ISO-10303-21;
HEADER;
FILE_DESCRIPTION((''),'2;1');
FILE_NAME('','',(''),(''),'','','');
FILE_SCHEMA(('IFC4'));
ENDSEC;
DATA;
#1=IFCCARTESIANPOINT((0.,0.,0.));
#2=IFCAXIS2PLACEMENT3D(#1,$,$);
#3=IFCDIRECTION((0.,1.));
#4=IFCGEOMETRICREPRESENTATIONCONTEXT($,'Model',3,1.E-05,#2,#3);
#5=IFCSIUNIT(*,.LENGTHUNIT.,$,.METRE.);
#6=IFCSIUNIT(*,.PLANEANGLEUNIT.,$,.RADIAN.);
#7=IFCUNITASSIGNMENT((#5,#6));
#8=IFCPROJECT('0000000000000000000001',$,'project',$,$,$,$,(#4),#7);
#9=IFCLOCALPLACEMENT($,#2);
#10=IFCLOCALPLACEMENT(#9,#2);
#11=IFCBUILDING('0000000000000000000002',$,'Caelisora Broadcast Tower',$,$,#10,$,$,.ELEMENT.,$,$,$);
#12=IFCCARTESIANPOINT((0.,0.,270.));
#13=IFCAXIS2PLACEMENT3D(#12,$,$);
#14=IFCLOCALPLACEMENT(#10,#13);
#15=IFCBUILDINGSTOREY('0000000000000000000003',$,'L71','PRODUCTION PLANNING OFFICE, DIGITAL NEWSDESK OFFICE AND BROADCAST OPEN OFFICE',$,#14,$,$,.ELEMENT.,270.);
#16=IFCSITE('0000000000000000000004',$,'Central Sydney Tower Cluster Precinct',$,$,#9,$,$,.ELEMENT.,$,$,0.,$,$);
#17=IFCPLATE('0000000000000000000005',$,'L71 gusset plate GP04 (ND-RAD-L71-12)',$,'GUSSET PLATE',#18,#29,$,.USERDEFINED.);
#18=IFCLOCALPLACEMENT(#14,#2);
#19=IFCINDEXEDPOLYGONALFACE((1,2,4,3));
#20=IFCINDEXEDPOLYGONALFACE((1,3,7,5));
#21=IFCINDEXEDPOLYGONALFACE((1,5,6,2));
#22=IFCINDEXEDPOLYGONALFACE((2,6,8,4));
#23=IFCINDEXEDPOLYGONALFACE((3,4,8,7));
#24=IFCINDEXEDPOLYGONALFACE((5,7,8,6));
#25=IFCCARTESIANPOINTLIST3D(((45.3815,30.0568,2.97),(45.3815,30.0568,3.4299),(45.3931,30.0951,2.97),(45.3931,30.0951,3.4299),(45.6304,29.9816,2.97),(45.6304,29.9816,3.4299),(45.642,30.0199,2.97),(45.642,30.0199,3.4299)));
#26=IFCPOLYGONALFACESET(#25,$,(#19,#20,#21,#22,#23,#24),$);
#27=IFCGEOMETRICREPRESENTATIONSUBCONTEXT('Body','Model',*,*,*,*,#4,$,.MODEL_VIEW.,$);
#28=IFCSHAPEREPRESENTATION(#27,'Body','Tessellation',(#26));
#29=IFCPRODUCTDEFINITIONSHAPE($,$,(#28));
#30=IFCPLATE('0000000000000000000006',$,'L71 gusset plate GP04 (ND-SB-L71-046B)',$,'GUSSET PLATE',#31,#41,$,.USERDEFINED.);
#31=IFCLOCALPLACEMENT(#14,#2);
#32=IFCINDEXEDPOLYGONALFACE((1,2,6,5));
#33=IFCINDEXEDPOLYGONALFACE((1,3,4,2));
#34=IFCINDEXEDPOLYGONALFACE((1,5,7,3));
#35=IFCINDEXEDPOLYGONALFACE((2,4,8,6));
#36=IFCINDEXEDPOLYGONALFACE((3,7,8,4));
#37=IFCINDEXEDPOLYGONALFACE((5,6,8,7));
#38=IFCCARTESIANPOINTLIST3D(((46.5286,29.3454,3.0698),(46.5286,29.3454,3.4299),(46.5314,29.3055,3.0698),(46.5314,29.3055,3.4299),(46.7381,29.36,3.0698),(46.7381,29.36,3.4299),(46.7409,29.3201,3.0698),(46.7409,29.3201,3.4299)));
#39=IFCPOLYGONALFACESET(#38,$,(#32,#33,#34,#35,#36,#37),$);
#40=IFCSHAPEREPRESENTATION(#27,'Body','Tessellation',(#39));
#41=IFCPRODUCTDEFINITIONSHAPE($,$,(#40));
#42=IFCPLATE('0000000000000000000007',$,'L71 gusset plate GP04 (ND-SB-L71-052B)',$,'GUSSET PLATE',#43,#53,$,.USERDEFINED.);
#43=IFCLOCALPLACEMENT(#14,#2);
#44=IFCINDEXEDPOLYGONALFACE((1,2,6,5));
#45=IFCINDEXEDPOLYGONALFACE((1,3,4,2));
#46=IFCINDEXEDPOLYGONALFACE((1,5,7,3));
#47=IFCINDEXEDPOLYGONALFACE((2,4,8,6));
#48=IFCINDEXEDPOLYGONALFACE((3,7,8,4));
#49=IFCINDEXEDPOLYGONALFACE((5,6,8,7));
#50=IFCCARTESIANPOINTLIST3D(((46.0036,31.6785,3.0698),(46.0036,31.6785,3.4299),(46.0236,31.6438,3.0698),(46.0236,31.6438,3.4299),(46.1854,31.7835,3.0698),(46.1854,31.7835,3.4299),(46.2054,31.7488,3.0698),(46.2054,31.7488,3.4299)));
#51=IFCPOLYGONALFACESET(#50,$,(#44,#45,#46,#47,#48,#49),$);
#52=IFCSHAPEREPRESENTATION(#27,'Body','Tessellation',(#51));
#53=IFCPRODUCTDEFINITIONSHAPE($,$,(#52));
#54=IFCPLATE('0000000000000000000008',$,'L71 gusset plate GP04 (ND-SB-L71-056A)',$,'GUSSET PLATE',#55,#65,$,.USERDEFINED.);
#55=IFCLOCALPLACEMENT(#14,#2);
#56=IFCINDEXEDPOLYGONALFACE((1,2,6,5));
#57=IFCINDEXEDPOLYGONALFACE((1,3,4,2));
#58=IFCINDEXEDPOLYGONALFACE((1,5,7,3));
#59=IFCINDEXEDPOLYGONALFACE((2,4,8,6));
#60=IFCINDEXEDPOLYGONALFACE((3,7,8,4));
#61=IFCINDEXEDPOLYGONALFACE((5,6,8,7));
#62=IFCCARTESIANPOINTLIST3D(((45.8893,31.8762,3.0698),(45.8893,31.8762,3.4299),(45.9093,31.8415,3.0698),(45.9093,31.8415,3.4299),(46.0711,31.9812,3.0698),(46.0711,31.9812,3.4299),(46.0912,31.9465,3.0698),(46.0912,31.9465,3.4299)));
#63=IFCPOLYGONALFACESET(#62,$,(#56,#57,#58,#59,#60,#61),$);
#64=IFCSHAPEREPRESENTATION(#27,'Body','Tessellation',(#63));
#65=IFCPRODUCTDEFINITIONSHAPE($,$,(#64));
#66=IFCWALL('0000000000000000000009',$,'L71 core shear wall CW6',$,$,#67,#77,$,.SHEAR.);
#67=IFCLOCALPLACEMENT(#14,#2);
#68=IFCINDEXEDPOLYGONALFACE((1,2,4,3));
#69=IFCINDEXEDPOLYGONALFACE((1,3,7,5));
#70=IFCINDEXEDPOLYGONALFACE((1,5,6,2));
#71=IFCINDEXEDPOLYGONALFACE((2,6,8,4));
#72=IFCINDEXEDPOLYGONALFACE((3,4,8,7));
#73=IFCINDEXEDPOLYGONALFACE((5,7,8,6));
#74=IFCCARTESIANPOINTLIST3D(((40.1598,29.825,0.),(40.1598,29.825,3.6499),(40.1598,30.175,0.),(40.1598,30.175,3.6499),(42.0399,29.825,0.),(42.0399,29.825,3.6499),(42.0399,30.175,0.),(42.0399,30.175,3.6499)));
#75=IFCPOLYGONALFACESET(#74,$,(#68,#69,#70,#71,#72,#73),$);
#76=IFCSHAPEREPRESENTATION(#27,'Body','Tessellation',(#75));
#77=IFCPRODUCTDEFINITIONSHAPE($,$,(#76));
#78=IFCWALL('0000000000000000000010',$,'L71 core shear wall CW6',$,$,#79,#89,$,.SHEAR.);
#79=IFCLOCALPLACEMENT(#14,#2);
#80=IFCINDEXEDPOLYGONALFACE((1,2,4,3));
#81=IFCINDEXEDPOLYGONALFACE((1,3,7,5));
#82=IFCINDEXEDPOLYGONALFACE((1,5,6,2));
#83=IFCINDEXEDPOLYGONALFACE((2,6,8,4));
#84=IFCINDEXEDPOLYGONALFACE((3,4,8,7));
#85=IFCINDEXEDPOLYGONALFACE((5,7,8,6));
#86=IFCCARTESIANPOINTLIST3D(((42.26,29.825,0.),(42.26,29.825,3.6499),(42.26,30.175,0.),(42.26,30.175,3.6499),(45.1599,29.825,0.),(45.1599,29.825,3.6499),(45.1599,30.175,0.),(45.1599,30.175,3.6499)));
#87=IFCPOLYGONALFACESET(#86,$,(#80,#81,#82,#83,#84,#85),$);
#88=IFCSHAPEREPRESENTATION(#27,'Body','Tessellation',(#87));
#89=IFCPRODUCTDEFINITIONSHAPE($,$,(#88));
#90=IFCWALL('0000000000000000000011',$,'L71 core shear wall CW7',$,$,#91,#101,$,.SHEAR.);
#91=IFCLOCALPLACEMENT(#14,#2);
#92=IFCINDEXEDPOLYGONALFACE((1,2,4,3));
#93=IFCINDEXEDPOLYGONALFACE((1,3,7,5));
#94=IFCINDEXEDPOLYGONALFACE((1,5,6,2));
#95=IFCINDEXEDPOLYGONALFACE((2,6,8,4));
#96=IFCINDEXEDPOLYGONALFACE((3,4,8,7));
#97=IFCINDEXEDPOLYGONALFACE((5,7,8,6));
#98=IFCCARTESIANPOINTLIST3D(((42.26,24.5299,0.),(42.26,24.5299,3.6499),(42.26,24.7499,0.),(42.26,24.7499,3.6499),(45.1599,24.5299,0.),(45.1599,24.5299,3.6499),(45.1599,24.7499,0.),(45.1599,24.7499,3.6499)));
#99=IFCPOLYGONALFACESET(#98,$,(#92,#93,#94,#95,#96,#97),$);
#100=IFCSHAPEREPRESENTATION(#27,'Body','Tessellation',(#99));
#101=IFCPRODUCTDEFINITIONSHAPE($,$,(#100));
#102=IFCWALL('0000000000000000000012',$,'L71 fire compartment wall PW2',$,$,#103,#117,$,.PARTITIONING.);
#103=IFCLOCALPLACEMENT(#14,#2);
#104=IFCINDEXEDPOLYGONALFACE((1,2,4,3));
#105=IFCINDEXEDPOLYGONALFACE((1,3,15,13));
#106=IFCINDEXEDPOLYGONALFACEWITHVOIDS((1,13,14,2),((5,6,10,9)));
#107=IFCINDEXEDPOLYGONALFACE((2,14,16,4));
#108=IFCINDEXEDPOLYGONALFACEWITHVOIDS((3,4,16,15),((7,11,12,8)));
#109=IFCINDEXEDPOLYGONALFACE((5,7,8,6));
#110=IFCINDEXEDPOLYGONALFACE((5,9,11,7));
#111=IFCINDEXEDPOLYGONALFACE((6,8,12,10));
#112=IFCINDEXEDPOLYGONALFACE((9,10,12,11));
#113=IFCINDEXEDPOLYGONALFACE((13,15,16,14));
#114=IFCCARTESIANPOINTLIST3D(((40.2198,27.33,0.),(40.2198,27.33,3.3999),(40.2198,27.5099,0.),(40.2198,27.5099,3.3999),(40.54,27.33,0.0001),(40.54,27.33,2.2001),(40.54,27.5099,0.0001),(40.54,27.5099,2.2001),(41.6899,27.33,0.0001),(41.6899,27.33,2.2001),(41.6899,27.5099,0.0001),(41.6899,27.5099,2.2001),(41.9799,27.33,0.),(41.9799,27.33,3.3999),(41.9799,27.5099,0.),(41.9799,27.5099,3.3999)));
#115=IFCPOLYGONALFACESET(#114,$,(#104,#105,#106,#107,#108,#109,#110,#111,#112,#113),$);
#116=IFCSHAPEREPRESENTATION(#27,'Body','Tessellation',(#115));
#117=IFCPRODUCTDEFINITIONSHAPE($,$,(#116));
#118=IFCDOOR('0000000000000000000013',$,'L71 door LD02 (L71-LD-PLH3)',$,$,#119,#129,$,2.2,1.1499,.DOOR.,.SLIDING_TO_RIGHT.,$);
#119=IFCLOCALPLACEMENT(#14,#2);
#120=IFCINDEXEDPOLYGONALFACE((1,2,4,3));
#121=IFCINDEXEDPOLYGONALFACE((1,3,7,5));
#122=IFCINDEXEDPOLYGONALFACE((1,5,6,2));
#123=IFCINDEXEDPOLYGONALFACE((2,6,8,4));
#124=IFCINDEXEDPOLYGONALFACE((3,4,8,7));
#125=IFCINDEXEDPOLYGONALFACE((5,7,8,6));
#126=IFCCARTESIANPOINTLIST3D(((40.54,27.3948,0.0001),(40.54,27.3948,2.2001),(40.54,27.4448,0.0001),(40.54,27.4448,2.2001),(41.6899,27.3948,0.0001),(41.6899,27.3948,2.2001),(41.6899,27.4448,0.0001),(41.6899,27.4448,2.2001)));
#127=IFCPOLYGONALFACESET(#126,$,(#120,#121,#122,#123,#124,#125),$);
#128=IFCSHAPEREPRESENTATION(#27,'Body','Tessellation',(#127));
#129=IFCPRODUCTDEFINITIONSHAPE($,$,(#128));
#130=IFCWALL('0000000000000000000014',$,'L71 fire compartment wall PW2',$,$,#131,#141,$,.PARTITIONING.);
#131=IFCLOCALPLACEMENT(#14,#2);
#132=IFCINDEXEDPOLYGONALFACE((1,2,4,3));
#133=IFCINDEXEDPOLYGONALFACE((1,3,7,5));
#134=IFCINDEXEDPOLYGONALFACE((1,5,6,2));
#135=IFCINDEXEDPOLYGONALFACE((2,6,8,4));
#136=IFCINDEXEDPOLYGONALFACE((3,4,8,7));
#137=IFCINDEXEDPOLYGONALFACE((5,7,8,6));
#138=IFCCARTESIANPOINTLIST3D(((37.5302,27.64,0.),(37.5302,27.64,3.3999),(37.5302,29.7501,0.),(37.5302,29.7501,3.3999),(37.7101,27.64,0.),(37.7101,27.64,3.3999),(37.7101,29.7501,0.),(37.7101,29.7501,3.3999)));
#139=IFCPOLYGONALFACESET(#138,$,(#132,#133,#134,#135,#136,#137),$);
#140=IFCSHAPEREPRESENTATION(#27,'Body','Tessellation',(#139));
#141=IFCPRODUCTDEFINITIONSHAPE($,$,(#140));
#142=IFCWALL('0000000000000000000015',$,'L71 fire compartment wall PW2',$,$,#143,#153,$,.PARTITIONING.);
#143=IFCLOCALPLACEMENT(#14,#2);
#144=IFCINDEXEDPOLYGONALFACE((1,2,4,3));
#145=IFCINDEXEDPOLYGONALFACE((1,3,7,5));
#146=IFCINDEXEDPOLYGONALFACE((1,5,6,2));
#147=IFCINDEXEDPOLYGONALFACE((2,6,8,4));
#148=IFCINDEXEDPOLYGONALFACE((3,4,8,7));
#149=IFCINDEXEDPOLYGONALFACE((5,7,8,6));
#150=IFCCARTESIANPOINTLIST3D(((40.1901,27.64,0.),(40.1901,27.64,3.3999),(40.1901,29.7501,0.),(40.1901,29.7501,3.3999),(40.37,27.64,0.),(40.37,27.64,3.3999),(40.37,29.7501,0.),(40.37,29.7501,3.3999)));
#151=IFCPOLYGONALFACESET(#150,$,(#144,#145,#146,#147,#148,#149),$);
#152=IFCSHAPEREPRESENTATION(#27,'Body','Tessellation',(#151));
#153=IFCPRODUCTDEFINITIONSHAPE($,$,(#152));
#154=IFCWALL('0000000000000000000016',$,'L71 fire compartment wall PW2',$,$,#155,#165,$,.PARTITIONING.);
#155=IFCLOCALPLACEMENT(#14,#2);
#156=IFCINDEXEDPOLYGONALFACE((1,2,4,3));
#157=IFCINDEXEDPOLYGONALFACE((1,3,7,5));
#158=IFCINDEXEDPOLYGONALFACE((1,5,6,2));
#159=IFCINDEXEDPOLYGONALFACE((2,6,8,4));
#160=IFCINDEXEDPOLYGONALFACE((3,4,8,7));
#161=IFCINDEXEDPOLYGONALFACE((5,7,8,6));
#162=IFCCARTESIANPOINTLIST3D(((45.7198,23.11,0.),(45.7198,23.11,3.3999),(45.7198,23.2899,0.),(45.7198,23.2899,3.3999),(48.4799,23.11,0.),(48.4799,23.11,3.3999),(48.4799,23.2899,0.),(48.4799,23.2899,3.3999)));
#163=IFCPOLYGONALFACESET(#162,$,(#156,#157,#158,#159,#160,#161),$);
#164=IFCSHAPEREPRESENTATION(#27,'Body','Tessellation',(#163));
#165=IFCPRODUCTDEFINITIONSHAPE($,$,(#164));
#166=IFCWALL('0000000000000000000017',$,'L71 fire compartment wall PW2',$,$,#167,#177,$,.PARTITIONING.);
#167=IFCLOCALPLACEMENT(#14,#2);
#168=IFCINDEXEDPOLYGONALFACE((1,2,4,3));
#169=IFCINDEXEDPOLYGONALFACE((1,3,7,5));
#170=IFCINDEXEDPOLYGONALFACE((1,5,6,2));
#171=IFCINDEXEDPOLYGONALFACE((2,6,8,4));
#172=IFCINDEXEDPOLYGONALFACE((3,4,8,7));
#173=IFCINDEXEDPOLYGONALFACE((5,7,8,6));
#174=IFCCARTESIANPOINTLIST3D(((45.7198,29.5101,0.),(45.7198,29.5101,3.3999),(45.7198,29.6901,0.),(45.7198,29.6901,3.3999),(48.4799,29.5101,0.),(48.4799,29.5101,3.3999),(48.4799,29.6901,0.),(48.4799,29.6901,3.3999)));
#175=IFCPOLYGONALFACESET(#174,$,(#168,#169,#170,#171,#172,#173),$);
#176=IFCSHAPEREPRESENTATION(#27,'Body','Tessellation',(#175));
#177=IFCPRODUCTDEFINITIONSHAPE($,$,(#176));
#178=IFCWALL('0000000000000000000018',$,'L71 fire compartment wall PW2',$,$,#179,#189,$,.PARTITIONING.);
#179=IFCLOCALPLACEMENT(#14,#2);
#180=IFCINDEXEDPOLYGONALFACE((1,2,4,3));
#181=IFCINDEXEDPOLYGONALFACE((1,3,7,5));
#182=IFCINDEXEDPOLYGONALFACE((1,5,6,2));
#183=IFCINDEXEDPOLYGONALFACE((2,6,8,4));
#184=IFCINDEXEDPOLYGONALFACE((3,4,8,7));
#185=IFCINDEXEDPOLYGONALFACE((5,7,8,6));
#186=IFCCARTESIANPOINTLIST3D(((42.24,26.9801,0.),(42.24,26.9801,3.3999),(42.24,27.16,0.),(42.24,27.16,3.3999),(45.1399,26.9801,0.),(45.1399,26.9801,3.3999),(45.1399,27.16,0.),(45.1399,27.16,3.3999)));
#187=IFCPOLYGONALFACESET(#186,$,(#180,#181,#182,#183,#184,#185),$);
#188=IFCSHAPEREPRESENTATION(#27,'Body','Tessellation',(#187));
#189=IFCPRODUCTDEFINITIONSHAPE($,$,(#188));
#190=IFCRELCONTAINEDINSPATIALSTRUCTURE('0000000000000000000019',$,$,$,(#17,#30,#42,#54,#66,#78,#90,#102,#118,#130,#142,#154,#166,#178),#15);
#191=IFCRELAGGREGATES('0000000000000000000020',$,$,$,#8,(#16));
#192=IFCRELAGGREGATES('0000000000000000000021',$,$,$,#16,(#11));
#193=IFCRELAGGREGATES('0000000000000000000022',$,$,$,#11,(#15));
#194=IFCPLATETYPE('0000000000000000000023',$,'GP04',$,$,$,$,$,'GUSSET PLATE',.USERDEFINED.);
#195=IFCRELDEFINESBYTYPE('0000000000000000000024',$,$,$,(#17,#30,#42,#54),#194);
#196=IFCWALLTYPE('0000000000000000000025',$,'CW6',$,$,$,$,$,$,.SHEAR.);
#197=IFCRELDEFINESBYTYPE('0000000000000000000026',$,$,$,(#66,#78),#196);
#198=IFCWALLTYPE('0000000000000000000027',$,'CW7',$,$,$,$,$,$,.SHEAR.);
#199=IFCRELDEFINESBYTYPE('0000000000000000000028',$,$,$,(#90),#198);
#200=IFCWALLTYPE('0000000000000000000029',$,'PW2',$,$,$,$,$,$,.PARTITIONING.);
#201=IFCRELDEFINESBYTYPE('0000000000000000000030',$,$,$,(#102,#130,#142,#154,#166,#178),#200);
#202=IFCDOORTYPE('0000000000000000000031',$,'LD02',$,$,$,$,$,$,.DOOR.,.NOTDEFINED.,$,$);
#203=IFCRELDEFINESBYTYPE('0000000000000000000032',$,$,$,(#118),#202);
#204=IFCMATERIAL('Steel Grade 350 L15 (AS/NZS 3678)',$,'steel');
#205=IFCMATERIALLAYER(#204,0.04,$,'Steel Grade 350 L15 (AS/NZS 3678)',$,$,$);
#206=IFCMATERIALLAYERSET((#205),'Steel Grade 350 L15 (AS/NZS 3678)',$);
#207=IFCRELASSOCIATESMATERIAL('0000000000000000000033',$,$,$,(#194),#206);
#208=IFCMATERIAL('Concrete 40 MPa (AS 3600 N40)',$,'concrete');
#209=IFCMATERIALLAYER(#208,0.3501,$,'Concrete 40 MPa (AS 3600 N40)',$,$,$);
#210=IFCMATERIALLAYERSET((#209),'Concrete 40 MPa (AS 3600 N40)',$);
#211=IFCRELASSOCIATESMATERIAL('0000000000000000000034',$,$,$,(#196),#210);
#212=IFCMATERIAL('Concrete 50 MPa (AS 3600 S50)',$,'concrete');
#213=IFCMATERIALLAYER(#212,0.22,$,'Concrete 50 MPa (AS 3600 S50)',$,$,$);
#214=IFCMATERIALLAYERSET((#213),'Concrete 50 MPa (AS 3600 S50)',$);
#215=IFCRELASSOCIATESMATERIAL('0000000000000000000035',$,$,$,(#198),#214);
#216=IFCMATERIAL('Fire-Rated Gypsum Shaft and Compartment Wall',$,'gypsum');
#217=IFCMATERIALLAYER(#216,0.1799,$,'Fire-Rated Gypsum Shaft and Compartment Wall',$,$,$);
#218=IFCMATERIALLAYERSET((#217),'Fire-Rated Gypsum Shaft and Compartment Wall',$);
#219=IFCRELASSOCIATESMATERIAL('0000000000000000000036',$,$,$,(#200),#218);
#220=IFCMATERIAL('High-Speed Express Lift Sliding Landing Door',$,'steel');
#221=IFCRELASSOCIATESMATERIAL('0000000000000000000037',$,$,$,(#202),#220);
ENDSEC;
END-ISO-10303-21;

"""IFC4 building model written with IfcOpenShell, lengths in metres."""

from ifc_helpers import new_model, si_unit, direction, frame, frame_2d, origin, origin_2d, place, context, subcontext, project, spatial, rectangle, extrude, source, transform, mapped, material, layer, layer_set, type_object, type_shapes, element, fill, save


model = new_model("IFC4")

# Units and contexts
model_context = context("Model", 3, precision=1e-05, world=origin(), true_north=direction((0.0, 1.0)))
body_context = subcontext(model_context, "Body", "Model", "MODEL_VIEW")
ifc_project = project(units=[si_unit("LENGTHUNIT", "METRE"), si_unit("PLANEANGLEUNIT", "RADIAN")], contexts=[model_context])

# Site, building, storey
site_placement = place(None, origin())
site = spatial("IfcSite", under=ifc_project, at=site_placement, Name="Central Sydney Tower Cluster Precinct", CompositionType="ELEMENT", RefElevation=0.0)
building_placement = place(site_placement, origin())
building = spatial("IfcBuilding", under=site, at=building_placement, Name="Caelisora Broadcast Tower", CompositionType="ELEMENT")
storey_placement = place(building_placement, frame((0.0, 0.0, 270.0)))
storey = spatial("IfcBuildingStorey", under=building, at=storey_placement, Name="L71", Description="PRODUCTION PLANNING OFFICE, DIGITAL NEWSDESK OFFICE AND BROADCAST OPEN OFFICE", CompositionType="ELEMENT", Elevation=270.0)

# Shared definitions
ifc_material_1 = material(Name="Concrete 50 MPa (AS 3600 S50)", Category="concrete")

# Plates
ifc_material_2 = material(Name="Steel Grade 350 L15 (AS/NZS 3678)", Category="steel")
ifc_layer_1 = layer(ifc_material_2, 0.04, Name="Steel Grade 350 L15 (AS/NZS 3678)")
ifc_layer_set_1 = layer_set([ifc_layer_1], Name="Steel Grade 350 L15 (AS/NZS 3678)")
plate_type = type_object("IfcPlateType", Name="GP04", ElementType="GUSSET PLATE", PredefinedType="USERDEFINED", material=ifc_layer_set_1)
shared_shape_1 = source(origin(), body_context, "Body", "SweptSolid", [
    extrude(rectangle(XDim=0.26, YDim=0.04, at=origin_2d()), origin(), (0.0, 0.0, 1.0), 0.46),
])
for number, where, z_axis, x_axis, name in (
    (1, (45.5117, 30.0383, 2.97), (0.0, 0.0, 1.0), (-0.957269, 0.289199, 0.0), "L71 gusset plate GP04 (ND-RAD-L71-12)"),
):
    element("IfcPlate", number, at=place(storey_placement, frame(where, z_axis=z_axis, x_axis=x_axis)), inside=storey, type_object=plate_type, Name=name, ObjectType="GUSSET PLATE", PredefinedType="USERDEFINED", context=body_context, shape_type="MappedRepresentation", body=[
        mapped(shared_shape_1, transform((0.0, 0.0, 0.0), scale=1.0)),
    ])
shared_shape_2 = source(origin(), body_context, "Body", "SweptSolid", [
    extrude(rectangle(XDim=0.21, YDim=0.04, at=origin_2d()), origin(), (0.0, 0.0, 1.0), 0.3601),
])
type_shapes(plate_type, [shared_shape_1, shared_shape_2])
for number, where, z_axis, x_axis, name in (
    (2, (46.6348, 29.3328, 3.0698), (0.0, 0.0, 1.0), (-0.997588, -0.069408, 0.0), "L71 gusset plate GP04 (ND-SB-L71-046B)"),
    (3, (46.1045, 31.7136, 3.0698), (0.0, 0.0, 1.0), (-0.866025, -0.5, 0.0), "L71 gusset plate GP04 (ND-SB-L71-052B)"),
    (4, (45.9902, 31.9114, 3.0698), (0.0, 0.0, 1.0), (-0.866025, -0.5, 0.0), "L71 gusset plate GP04 (ND-SB-L71-056A)"),
):
    element("IfcPlate", number, at=place(storey_placement, frame(where, z_axis=z_axis, x_axis=x_axis)), inside=storey, type_object=plate_type, Name=name, ObjectType="GUSSET PLATE", PredefinedType="USERDEFINED", context=body_context, shape_type="MappedRepresentation", body=[
        mapped(shared_shape_2, transform((0.0, 0.0, 0.0), scale=1.0)),
    ])

# Walls
ifc_material_3 = material(Name="Concrete 40 MPa (AS 3600 N40)", Category="concrete")
ifc_layer_2 = layer(ifc_material_3, 0.3501, Name="Concrete 40 MPa (AS 3600 N40)")
ifc_layer_set_2 = layer_set([ifc_layer_2], Name="Concrete 40 MPa (AS 3600 N40)")
wall_type_1 = type_object("IfcWallType", Name="CW6", PredefinedType="SHEAR", material=ifc_layer_set_2)
wall_1_placement = place(storey_placement, frame((40.1599, 30.0, 0.0), z_axis=(0.0, 0.0, 1.0), x_axis=(1.0, 0.0, 0.0)))
element("IfcWall", 5, at=wall_1_placement, inside=storey, type_object=wall_type_1, Name="L71 core shear wall CW6", PredefinedType="SHEAR", context=body_context, shape_type="SweptSolid", body=[
    extrude(rectangle(XDim=1.8801, YDim=0.3501, at=frame_2d((0.9399, 0.0))), origin(), (0.0, 0.0, 1.0), 3.6499),
])
wall_2_placement = place(storey_placement, frame((42.26, 30.0, 0.0), z_axis=(0.0, 0.0, 1.0), x_axis=(1.0, 0.0, 0.0)))
element("IfcWall", 6, at=wall_2_placement, inside=storey, type_object=wall_type_1, Name="L71 core shear wall CW6", PredefinedType="SHEAR", context=body_context, shape_type="SweptSolid", body=[
    extrude(rectangle(XDim=2.8999, YDim=0.3501, at=frame_2d((1.45, 0.0))), origin(), (0.0, 0.0, 1.0), 3.6499),
])
ifc_layer_3 = layer(ifc_material_1, 0.22, Name="Concrete 50 MPa (AS 3600 S50)")
ifc_layer_set_3 = layer_set([ifc_layer_3], Name="Concrete 50 MPa (AS 3600 S50)")
wall_type_2 = type_object("IfcWallType", Name="CW7", PredefinedType="SHEAR", material=ifc_layer_set_3)
wall_3_placement = place(storey_placement, frame((42.26, 24.6399, 0.0), z_axis=(0.0, 0.0, 1.0), x_axis=(1.0, 0.0, 0.0)))
element("IfcWall", 7, at=wall_3_placement, inside=storey, type_object=wall_type_2, Name="L71 core shear wall CW7", PredefinedType="SHEAR", context=body_context, shape_type="SweptSolid", body=[
    extrude(rectangle(XDim=2.8999, YDim=0.22, at=frame_2d((1.45, 0.0))), origin(), (0.0, 0.0, 1.0), 3.6499),
])

# Wall, opening, door
ifc_material_4 = material(Name="Fire-Rated Gypsum Shaft and Compartment Wall", Category="gypsum")
ifc_layer_4 = layer(ifc_material_4, 0.1799, Name="Fire-Rated Gypsum Shaft and Compartment Wall")
ifc_layer_set_4 = layer_set([ifc_layer_4], Name="Fire-Rated Gypsum Shaft and Compartment Wall")
wall_type_3 = type_object("IfcWallType", Name="PW2", PredefinedType="PARTITIONING", material=ifc_layer_set_4)
wall_4_placement = place(storey_placement, frame((40.22, 27.4199, 0.0), z_axis=(0.0, 0.0, 1.0), x_axis=(1.0, 0.0, 0.0)))
wall_4 = element("IfcWall", 8, at=wall_4_placement, inside=storey, type_object=wall_type_3, Name="L71 fire compartment wall PW2", PredefinedType="PARTITIONING", context=body_context, shape_type="SweptSolid", body=[
    extrude(rectangle(XDim=1.76, YDim=0.1799, at=frame_2d((0.8799, 0.0))), origin(), (0.0, 0.0, 1.0), 3.3999),
])
opening_1_placement = place(wall_4_placement, frame((0.3201, 0.0, 0.0)))
opening_1 = element("IfcOpeningElement", 9, at=opening_1_placement, cuts=wall_4, PredefinedType="OPENING", context=body_context, shape_type="SweptSolid", body=[
    extrude(rectangle(XDim=1.1499, YDim=2.2, at=frame_2d((0.575, 1.1001))), frame((0.0, 0.1021, 0.0), z_axis=(0.0, -1.0, 0.0), x_axis=(1.0, 0.0, 0.0)), (0.0, 0.0, 1.0), 0.2039),
])
ifc_material_5 = material(Name="High-Speed Express Lift Sliding Landing Door", Category="steel")
door_type_1 = type_object("IfcDoorType", Name="LD02", OperationType="NOTDEFINED", PredefinedType="DOOR", material=ifc_material_5)
door_1_placement = place(opening_1_placement, origin())
door_1 = element("IfcDoor", 10, at=door_1_placement, inside=storey, type_object=door_type_1, Name="L71 door LD02 (L71-LD-PLH3)", OperationType="SLIDING_TO_RIGHT", OverallHeight=2.2, OverallWidth=1.1499, PredefinedType="DOOR", context=body_context, shape_type="SweptSolid", body=[
    extrude(rectangle(XDim=1.1499, YDim=2.2, at=frame_2d((0.575, 1.1001))), frame((0.0, 0.0249, 0.0), z_axis=(0.0, -1.0, 0.0), x_axis=(1.0, 0.0, 0.0)), (0.0, 0.0, 1.0), 0.05),
])
fill(opening_1, door_1)

# Walls
for number, where, z_axis, x_axis, name in (
    (11, (37.6201, 27.6399, 0.0), (0.0, 0.0, 1.0), (0.0, 1.0, 0.0), "L71 fire compartment wall PW2"),
    (12, (40.28, 27.6399, 0.0), (0.0, 0.0, 1.0), (0.0, 1.0, 0.0), "L71 fire compartment wall PW2"),
):
    element("IfcWall", number, at=place(storey_placement, frame(where, z_axis=z_axis, x_axis=x_axis)), inside=storey, type_object=wall_type_3, Name=name, PredefinedType="PARTITIONING", context=body_context, shape_type="SweptSolid", body=[
        extrude(rectangle(XDim=2.1101, YDim=0.1799, at=frame_2d((1.0552, 0.0))), origin(), (0.0, 0.0, 1.0), 3.3999),
    ])
for number, where, z_axis, x_axis, name in (
    (13, (45.72, 23.2, 0.0), (0.0, 0.0, 1.0), (1.0, 0.0, 0.0), "L71 fire compartment wall PW2"),
    (14, (45.72, 29.6001, 0.0), (0.0, 0.0, 1.0), (1.0, 0.0, 0.0), "L71 fire compartment wall PW2"),
):
    element("IfcWall", number, at=place(storey_placement, frame(where, z_axis=z_axis, x_axis=x_axis)), inside=storey, type_object=wall_type_3, Name=name, PredefinedType="PARTITIONING", context=body_context, shape_type="SweptSolid", body=[
        extrude(rectangle(XDim=2.76, YDim=0.1799, at=frame_2d((1.3799, 0.0))), origin(), (0.0, 0.0, 1.0), 3.3999),
    ])
wall_5_placement = place(storey_placement, frame((42.24, 27.0701, 0.0), z_axis=(0.0, 0.0, 1.0), x_axis=(1.0, 0.0, 0.0)))
element("IfcWall", 15, at=wall_5_placement, inside=storey, type_object=wall_type_3, Name="L71 fire compartment wall PW2", PredefinedType="PARTITIONING", context=body_context, shape_type="SweptSolid", body=[
    extrude(rectangle(XDim=2.8999, YDim=0.1799, at=frame_2d((1.45, 0.0))), origin(), (0.0, 0.0, 1.0), 3.3999),
])

save(model, "model.ifc")
